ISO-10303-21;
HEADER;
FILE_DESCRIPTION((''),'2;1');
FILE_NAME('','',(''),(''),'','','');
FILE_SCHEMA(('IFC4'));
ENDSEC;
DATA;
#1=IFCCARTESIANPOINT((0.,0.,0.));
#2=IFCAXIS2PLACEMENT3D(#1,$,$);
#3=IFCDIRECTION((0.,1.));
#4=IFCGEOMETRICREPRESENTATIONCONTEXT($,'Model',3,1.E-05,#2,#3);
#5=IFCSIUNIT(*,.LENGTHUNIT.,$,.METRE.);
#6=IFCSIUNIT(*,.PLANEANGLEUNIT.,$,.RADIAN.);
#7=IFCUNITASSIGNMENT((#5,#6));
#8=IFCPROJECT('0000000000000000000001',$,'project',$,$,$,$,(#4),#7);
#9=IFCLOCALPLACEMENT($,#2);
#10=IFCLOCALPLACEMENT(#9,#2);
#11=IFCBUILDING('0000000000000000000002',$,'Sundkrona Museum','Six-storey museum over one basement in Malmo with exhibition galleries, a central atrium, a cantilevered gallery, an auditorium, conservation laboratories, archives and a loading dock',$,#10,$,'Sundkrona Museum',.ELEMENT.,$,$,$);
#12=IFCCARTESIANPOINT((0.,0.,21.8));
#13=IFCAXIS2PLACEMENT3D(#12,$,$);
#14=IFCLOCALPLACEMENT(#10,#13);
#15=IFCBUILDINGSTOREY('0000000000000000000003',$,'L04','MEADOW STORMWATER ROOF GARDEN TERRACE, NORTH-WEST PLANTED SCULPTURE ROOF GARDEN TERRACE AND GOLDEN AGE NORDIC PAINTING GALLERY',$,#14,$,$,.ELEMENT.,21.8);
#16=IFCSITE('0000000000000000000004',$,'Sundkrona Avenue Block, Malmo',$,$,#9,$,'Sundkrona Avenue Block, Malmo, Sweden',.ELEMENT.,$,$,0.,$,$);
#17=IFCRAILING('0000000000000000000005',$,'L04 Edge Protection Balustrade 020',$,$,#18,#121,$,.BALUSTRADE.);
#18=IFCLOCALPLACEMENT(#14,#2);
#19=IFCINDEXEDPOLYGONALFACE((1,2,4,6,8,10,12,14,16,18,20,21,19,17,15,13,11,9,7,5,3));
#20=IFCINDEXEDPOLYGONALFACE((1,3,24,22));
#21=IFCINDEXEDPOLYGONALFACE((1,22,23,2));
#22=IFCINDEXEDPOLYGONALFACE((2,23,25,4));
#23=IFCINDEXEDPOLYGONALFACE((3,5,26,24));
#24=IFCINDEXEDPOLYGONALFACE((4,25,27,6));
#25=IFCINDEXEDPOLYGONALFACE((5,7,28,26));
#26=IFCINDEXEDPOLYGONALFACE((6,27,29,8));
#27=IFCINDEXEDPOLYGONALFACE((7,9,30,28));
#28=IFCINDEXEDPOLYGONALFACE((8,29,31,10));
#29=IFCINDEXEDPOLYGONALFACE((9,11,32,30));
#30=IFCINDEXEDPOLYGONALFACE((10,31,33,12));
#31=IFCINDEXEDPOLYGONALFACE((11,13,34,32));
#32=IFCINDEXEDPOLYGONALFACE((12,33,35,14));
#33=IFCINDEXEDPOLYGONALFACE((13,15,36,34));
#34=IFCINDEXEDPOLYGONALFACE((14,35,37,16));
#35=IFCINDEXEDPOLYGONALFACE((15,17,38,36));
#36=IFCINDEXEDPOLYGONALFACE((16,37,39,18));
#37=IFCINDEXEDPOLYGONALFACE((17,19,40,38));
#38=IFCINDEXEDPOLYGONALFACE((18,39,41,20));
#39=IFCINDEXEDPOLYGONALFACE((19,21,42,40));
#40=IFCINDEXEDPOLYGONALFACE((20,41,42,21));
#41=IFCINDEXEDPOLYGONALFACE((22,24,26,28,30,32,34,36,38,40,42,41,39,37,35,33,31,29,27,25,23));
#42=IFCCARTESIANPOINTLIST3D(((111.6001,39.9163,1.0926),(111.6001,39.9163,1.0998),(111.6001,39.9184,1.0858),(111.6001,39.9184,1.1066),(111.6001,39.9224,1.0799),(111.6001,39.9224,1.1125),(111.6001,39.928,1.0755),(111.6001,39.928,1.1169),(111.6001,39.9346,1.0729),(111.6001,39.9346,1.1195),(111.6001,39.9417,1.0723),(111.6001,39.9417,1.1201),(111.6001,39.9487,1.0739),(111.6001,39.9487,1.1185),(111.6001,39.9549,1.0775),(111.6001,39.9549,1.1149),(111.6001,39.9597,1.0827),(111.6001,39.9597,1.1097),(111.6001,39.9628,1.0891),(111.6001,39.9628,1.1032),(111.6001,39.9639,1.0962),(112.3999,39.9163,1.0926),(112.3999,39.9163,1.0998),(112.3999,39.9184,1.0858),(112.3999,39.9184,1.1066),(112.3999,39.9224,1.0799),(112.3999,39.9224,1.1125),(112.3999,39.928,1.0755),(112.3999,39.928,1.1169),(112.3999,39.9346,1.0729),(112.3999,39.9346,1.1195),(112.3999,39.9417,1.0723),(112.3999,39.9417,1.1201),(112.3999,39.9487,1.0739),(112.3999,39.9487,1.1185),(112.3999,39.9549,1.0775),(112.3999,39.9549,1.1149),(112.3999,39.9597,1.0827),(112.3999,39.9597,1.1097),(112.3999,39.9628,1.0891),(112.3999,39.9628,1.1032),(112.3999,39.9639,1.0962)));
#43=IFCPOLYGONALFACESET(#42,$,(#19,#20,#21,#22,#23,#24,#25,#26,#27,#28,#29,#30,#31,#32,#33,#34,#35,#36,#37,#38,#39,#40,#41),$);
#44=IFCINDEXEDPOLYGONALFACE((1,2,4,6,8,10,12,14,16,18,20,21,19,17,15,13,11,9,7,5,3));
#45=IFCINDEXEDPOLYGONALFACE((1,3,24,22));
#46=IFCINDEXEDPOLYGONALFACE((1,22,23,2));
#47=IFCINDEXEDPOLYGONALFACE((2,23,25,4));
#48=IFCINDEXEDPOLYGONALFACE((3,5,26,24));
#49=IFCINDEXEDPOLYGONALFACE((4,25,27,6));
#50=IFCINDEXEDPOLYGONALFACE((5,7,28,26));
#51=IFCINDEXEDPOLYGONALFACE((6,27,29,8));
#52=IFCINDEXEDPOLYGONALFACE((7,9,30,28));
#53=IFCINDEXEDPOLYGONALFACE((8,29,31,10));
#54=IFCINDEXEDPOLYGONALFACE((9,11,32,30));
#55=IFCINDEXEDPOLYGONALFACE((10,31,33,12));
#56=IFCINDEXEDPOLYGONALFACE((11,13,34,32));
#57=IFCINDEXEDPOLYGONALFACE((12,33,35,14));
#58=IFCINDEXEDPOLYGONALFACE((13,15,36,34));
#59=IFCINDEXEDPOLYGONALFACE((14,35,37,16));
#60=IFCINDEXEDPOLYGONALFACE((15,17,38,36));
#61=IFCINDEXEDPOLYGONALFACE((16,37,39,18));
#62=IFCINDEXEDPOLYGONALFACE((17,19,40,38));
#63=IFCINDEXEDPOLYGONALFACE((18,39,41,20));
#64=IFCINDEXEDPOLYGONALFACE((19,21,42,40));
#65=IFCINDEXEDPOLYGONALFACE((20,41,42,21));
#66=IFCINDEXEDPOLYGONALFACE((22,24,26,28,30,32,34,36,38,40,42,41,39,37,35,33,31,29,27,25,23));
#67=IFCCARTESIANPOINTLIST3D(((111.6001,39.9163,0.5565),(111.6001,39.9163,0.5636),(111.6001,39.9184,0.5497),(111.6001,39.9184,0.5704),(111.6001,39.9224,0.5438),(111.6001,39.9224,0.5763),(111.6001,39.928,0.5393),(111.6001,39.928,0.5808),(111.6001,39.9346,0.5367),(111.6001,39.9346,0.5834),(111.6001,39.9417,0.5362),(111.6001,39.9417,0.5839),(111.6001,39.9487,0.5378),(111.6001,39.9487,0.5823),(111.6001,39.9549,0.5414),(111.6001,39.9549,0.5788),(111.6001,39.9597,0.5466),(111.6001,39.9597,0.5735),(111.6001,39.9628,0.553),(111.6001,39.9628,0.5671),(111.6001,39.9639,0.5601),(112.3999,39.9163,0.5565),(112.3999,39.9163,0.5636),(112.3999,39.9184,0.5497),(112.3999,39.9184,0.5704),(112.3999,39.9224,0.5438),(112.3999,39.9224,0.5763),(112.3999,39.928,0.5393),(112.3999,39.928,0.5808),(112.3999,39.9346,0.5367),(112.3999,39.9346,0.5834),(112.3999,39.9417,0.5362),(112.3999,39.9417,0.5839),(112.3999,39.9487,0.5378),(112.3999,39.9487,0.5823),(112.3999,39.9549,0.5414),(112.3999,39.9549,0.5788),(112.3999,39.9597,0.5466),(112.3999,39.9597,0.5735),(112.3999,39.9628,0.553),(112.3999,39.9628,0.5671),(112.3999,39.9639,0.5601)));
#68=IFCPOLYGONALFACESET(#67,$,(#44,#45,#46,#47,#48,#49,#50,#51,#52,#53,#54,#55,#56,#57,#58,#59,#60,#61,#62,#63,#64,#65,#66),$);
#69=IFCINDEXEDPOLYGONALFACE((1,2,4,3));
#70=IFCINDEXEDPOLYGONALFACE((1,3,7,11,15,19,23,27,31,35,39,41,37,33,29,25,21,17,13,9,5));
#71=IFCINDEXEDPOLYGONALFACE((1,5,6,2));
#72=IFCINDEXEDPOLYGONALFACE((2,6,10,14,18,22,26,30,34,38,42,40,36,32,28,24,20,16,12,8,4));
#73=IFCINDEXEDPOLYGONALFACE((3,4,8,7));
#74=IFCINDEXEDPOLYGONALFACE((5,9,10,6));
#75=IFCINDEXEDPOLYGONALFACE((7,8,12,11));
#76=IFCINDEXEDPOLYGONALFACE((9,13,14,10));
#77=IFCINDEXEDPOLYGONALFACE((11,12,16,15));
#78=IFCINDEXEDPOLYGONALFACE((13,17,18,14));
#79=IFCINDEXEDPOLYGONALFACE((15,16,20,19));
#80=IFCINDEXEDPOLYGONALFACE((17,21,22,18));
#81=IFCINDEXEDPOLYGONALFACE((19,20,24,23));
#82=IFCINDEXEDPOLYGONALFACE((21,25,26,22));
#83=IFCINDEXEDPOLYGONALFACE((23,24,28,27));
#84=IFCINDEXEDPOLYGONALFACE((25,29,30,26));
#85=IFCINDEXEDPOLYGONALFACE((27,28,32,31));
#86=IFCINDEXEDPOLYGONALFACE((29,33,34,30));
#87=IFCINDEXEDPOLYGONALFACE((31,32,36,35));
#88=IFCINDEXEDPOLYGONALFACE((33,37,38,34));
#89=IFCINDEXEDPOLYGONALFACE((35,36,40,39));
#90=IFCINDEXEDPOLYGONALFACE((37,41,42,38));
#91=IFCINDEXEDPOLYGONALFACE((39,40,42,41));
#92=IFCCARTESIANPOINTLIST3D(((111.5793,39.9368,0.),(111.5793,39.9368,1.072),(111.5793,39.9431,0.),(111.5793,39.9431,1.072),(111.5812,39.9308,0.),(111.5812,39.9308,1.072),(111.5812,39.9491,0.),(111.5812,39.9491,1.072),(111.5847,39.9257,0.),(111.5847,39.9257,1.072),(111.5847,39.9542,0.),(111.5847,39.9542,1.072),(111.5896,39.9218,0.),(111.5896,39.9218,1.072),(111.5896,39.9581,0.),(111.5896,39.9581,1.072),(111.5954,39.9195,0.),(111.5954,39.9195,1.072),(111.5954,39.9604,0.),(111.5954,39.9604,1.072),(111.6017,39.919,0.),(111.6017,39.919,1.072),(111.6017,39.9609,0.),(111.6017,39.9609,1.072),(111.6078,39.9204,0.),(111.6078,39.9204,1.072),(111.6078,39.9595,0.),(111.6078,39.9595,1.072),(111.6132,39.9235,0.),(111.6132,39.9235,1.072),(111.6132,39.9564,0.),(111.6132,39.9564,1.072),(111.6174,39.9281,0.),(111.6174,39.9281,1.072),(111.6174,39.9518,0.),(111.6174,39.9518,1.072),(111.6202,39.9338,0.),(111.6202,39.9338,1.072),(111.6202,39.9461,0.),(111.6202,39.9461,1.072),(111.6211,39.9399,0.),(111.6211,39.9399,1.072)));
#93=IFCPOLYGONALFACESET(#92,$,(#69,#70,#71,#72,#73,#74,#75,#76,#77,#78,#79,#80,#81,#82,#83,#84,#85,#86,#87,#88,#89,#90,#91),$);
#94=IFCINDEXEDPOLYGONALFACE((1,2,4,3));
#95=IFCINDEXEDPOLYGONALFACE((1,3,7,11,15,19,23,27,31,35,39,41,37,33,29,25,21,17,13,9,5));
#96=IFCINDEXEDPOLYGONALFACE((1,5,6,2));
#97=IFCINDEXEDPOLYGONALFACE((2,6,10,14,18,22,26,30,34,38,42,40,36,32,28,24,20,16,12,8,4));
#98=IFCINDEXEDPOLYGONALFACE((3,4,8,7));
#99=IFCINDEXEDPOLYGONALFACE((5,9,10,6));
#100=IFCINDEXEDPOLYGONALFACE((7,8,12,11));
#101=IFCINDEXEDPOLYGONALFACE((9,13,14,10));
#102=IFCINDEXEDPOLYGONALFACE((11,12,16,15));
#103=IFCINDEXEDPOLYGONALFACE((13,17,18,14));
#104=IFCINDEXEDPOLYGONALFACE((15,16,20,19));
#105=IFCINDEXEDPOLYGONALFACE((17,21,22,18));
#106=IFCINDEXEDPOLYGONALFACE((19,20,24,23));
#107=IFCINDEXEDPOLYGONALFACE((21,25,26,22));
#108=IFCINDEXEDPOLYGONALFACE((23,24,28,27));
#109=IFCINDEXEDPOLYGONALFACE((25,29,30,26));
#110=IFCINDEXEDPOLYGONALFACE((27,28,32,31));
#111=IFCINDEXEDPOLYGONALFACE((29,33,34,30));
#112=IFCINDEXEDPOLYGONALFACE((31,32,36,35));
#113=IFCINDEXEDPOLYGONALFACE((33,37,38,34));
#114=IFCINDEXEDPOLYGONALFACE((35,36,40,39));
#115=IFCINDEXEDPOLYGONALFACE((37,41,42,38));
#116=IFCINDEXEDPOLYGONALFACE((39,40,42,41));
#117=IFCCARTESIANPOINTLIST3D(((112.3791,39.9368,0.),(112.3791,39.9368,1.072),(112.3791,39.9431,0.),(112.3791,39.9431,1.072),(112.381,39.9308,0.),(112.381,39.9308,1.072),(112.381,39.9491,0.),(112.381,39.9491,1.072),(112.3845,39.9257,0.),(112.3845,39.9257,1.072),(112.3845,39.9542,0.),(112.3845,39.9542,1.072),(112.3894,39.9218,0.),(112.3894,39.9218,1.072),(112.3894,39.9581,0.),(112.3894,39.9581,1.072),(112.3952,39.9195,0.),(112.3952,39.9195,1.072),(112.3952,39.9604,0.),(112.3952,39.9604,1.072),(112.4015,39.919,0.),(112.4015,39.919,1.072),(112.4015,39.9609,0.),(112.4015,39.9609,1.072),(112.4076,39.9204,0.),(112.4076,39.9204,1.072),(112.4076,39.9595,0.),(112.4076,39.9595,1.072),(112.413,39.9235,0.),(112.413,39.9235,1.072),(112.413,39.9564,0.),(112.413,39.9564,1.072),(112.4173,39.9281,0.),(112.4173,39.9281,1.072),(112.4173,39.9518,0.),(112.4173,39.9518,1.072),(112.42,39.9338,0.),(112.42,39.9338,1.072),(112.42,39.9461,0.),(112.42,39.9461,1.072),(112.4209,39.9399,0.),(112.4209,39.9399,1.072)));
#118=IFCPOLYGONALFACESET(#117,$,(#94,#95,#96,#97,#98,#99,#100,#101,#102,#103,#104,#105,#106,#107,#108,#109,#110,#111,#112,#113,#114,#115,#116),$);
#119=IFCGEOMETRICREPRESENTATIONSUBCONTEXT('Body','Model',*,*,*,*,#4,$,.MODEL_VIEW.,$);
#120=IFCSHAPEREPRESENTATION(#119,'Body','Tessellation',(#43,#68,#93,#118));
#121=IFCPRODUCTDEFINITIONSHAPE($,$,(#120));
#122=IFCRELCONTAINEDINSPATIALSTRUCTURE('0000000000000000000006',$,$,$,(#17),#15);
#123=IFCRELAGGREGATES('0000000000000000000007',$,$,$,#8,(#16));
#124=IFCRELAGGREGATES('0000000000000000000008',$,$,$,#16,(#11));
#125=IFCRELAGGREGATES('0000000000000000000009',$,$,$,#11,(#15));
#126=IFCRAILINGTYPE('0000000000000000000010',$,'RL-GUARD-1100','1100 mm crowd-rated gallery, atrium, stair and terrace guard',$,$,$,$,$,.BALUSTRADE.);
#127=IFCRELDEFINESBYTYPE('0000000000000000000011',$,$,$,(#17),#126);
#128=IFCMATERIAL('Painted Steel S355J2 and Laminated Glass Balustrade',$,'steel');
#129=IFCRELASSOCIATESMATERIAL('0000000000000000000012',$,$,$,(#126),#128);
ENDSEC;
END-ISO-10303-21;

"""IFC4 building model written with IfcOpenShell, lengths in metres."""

from ifc_helpers import new_model, si_unit, direction, frame, origin, origin_2d, place, context, subcontext, project, spatial, circle, extrude, material, type_object, element, save


model = new_model("IFC4")

# Units and contexts
model_context = context("Model", 3, precision=1e-05, world=origin(), true_north=direction((0.0, 1.0)))
body_context = subcontext(model_context, "Body", "Model", "MODEL_VIEW")
ifc_project = project(units=[si_unit("LENGTHUNIT", "METRE"), si_unit("PLANEANGLEUNIT", "RADIAN")], contexts=[model_context])

# Site, building, storey
site_placement = place(None, origin())
site = spatial("IfcSite", under=ifc_project, at=site_placement, Name="Sundkrona Avenue Block, Malmo", LongName="Sundkrona Avenue Block, Malmo, Sweden", CompositionType="ELEMENT", RefElevation=0.0)
building_placement = place(site_placement, origin())
building = spatial("IfcBuilding", under=site, at=building_placement, Name="Sundkrona Museum", Description="Six-storey museum over one basement in Malmo with exhibition galleries, a central atrium, a cantilevered gallery, an auditorium, conservation laboratories, archives and a loading dock", LongName="Sundkrona Museum", CompositionType="ELEMENT")
storey_placement = place(building_placement, frame((0.0, 0.0, 21.8)))
storey = spatial("IfcBuildingStorey", under=building, at=storey_placement, Name="L04", Description="MEADOW STORMWATER ROOF GARDEN TERRACE, NORTH-WEST PLANTED SCULPTURE ROOF GARDEN TERRACE AND GOLDEN AGE NORDIC PAINTING GALLERY", CompositionType="ELEMENT", Elevation=21.8)

# Railing
ifc_material_1 = material(Name="Painted Steel S355J2 and Laminated Glass Balustrade", Category="steel")
railing_type = type_object("IfcRailingType", Name="RL-GUARD-1100", Description="1100 mm crowd-rated gallery, atrium, stair and terrace guard", PredefinedType="BALUSTRADE", material=ifc_material_1)
for number, where, name in (
    (1, (111.6001, 39.9399, 0.0), "L04 Edge Protection Balustrade 020"),
):
    element("IfcRailing", number, at=place(storey_placement, frame(where)), inside=storey, type_object=railing_type, Name=name, PredefinedType="BALUSTRADE", context=body_context, shape_type="SweptSolid", body=[
        extrude(circle(Radius=0.0239, at=origin_2d()), frame((0.0, 0.0, 1.0962), z_axis=(1.0, 0.0, 0.0), x_axis=(0.0, 1.0, 0.0)), (0.0, 0.0, 1.0), 0.7998),
        extrude(circle(Radius=0.0239, at=origin_2d()), frame((0.0, 0.0, 0.5601), z_axis=(1.0, 0.0, 0.0), x_axis=(0.0, 1.0, 0.0)), (0.0, 0.0, 1.0), 0.7998),
        extrude(circle(Radius=0.021, at=origin_2d()), origin(), (0.0, 0.0, 1.0), 1.072),
        extrude(circle(Radius=0.021, at=origin_2d()), frame((0.7998, 0.0, 0.0)), (0.0, 0.0, 1.0), 1.072),
    ])

save(model, "model.ifc")
